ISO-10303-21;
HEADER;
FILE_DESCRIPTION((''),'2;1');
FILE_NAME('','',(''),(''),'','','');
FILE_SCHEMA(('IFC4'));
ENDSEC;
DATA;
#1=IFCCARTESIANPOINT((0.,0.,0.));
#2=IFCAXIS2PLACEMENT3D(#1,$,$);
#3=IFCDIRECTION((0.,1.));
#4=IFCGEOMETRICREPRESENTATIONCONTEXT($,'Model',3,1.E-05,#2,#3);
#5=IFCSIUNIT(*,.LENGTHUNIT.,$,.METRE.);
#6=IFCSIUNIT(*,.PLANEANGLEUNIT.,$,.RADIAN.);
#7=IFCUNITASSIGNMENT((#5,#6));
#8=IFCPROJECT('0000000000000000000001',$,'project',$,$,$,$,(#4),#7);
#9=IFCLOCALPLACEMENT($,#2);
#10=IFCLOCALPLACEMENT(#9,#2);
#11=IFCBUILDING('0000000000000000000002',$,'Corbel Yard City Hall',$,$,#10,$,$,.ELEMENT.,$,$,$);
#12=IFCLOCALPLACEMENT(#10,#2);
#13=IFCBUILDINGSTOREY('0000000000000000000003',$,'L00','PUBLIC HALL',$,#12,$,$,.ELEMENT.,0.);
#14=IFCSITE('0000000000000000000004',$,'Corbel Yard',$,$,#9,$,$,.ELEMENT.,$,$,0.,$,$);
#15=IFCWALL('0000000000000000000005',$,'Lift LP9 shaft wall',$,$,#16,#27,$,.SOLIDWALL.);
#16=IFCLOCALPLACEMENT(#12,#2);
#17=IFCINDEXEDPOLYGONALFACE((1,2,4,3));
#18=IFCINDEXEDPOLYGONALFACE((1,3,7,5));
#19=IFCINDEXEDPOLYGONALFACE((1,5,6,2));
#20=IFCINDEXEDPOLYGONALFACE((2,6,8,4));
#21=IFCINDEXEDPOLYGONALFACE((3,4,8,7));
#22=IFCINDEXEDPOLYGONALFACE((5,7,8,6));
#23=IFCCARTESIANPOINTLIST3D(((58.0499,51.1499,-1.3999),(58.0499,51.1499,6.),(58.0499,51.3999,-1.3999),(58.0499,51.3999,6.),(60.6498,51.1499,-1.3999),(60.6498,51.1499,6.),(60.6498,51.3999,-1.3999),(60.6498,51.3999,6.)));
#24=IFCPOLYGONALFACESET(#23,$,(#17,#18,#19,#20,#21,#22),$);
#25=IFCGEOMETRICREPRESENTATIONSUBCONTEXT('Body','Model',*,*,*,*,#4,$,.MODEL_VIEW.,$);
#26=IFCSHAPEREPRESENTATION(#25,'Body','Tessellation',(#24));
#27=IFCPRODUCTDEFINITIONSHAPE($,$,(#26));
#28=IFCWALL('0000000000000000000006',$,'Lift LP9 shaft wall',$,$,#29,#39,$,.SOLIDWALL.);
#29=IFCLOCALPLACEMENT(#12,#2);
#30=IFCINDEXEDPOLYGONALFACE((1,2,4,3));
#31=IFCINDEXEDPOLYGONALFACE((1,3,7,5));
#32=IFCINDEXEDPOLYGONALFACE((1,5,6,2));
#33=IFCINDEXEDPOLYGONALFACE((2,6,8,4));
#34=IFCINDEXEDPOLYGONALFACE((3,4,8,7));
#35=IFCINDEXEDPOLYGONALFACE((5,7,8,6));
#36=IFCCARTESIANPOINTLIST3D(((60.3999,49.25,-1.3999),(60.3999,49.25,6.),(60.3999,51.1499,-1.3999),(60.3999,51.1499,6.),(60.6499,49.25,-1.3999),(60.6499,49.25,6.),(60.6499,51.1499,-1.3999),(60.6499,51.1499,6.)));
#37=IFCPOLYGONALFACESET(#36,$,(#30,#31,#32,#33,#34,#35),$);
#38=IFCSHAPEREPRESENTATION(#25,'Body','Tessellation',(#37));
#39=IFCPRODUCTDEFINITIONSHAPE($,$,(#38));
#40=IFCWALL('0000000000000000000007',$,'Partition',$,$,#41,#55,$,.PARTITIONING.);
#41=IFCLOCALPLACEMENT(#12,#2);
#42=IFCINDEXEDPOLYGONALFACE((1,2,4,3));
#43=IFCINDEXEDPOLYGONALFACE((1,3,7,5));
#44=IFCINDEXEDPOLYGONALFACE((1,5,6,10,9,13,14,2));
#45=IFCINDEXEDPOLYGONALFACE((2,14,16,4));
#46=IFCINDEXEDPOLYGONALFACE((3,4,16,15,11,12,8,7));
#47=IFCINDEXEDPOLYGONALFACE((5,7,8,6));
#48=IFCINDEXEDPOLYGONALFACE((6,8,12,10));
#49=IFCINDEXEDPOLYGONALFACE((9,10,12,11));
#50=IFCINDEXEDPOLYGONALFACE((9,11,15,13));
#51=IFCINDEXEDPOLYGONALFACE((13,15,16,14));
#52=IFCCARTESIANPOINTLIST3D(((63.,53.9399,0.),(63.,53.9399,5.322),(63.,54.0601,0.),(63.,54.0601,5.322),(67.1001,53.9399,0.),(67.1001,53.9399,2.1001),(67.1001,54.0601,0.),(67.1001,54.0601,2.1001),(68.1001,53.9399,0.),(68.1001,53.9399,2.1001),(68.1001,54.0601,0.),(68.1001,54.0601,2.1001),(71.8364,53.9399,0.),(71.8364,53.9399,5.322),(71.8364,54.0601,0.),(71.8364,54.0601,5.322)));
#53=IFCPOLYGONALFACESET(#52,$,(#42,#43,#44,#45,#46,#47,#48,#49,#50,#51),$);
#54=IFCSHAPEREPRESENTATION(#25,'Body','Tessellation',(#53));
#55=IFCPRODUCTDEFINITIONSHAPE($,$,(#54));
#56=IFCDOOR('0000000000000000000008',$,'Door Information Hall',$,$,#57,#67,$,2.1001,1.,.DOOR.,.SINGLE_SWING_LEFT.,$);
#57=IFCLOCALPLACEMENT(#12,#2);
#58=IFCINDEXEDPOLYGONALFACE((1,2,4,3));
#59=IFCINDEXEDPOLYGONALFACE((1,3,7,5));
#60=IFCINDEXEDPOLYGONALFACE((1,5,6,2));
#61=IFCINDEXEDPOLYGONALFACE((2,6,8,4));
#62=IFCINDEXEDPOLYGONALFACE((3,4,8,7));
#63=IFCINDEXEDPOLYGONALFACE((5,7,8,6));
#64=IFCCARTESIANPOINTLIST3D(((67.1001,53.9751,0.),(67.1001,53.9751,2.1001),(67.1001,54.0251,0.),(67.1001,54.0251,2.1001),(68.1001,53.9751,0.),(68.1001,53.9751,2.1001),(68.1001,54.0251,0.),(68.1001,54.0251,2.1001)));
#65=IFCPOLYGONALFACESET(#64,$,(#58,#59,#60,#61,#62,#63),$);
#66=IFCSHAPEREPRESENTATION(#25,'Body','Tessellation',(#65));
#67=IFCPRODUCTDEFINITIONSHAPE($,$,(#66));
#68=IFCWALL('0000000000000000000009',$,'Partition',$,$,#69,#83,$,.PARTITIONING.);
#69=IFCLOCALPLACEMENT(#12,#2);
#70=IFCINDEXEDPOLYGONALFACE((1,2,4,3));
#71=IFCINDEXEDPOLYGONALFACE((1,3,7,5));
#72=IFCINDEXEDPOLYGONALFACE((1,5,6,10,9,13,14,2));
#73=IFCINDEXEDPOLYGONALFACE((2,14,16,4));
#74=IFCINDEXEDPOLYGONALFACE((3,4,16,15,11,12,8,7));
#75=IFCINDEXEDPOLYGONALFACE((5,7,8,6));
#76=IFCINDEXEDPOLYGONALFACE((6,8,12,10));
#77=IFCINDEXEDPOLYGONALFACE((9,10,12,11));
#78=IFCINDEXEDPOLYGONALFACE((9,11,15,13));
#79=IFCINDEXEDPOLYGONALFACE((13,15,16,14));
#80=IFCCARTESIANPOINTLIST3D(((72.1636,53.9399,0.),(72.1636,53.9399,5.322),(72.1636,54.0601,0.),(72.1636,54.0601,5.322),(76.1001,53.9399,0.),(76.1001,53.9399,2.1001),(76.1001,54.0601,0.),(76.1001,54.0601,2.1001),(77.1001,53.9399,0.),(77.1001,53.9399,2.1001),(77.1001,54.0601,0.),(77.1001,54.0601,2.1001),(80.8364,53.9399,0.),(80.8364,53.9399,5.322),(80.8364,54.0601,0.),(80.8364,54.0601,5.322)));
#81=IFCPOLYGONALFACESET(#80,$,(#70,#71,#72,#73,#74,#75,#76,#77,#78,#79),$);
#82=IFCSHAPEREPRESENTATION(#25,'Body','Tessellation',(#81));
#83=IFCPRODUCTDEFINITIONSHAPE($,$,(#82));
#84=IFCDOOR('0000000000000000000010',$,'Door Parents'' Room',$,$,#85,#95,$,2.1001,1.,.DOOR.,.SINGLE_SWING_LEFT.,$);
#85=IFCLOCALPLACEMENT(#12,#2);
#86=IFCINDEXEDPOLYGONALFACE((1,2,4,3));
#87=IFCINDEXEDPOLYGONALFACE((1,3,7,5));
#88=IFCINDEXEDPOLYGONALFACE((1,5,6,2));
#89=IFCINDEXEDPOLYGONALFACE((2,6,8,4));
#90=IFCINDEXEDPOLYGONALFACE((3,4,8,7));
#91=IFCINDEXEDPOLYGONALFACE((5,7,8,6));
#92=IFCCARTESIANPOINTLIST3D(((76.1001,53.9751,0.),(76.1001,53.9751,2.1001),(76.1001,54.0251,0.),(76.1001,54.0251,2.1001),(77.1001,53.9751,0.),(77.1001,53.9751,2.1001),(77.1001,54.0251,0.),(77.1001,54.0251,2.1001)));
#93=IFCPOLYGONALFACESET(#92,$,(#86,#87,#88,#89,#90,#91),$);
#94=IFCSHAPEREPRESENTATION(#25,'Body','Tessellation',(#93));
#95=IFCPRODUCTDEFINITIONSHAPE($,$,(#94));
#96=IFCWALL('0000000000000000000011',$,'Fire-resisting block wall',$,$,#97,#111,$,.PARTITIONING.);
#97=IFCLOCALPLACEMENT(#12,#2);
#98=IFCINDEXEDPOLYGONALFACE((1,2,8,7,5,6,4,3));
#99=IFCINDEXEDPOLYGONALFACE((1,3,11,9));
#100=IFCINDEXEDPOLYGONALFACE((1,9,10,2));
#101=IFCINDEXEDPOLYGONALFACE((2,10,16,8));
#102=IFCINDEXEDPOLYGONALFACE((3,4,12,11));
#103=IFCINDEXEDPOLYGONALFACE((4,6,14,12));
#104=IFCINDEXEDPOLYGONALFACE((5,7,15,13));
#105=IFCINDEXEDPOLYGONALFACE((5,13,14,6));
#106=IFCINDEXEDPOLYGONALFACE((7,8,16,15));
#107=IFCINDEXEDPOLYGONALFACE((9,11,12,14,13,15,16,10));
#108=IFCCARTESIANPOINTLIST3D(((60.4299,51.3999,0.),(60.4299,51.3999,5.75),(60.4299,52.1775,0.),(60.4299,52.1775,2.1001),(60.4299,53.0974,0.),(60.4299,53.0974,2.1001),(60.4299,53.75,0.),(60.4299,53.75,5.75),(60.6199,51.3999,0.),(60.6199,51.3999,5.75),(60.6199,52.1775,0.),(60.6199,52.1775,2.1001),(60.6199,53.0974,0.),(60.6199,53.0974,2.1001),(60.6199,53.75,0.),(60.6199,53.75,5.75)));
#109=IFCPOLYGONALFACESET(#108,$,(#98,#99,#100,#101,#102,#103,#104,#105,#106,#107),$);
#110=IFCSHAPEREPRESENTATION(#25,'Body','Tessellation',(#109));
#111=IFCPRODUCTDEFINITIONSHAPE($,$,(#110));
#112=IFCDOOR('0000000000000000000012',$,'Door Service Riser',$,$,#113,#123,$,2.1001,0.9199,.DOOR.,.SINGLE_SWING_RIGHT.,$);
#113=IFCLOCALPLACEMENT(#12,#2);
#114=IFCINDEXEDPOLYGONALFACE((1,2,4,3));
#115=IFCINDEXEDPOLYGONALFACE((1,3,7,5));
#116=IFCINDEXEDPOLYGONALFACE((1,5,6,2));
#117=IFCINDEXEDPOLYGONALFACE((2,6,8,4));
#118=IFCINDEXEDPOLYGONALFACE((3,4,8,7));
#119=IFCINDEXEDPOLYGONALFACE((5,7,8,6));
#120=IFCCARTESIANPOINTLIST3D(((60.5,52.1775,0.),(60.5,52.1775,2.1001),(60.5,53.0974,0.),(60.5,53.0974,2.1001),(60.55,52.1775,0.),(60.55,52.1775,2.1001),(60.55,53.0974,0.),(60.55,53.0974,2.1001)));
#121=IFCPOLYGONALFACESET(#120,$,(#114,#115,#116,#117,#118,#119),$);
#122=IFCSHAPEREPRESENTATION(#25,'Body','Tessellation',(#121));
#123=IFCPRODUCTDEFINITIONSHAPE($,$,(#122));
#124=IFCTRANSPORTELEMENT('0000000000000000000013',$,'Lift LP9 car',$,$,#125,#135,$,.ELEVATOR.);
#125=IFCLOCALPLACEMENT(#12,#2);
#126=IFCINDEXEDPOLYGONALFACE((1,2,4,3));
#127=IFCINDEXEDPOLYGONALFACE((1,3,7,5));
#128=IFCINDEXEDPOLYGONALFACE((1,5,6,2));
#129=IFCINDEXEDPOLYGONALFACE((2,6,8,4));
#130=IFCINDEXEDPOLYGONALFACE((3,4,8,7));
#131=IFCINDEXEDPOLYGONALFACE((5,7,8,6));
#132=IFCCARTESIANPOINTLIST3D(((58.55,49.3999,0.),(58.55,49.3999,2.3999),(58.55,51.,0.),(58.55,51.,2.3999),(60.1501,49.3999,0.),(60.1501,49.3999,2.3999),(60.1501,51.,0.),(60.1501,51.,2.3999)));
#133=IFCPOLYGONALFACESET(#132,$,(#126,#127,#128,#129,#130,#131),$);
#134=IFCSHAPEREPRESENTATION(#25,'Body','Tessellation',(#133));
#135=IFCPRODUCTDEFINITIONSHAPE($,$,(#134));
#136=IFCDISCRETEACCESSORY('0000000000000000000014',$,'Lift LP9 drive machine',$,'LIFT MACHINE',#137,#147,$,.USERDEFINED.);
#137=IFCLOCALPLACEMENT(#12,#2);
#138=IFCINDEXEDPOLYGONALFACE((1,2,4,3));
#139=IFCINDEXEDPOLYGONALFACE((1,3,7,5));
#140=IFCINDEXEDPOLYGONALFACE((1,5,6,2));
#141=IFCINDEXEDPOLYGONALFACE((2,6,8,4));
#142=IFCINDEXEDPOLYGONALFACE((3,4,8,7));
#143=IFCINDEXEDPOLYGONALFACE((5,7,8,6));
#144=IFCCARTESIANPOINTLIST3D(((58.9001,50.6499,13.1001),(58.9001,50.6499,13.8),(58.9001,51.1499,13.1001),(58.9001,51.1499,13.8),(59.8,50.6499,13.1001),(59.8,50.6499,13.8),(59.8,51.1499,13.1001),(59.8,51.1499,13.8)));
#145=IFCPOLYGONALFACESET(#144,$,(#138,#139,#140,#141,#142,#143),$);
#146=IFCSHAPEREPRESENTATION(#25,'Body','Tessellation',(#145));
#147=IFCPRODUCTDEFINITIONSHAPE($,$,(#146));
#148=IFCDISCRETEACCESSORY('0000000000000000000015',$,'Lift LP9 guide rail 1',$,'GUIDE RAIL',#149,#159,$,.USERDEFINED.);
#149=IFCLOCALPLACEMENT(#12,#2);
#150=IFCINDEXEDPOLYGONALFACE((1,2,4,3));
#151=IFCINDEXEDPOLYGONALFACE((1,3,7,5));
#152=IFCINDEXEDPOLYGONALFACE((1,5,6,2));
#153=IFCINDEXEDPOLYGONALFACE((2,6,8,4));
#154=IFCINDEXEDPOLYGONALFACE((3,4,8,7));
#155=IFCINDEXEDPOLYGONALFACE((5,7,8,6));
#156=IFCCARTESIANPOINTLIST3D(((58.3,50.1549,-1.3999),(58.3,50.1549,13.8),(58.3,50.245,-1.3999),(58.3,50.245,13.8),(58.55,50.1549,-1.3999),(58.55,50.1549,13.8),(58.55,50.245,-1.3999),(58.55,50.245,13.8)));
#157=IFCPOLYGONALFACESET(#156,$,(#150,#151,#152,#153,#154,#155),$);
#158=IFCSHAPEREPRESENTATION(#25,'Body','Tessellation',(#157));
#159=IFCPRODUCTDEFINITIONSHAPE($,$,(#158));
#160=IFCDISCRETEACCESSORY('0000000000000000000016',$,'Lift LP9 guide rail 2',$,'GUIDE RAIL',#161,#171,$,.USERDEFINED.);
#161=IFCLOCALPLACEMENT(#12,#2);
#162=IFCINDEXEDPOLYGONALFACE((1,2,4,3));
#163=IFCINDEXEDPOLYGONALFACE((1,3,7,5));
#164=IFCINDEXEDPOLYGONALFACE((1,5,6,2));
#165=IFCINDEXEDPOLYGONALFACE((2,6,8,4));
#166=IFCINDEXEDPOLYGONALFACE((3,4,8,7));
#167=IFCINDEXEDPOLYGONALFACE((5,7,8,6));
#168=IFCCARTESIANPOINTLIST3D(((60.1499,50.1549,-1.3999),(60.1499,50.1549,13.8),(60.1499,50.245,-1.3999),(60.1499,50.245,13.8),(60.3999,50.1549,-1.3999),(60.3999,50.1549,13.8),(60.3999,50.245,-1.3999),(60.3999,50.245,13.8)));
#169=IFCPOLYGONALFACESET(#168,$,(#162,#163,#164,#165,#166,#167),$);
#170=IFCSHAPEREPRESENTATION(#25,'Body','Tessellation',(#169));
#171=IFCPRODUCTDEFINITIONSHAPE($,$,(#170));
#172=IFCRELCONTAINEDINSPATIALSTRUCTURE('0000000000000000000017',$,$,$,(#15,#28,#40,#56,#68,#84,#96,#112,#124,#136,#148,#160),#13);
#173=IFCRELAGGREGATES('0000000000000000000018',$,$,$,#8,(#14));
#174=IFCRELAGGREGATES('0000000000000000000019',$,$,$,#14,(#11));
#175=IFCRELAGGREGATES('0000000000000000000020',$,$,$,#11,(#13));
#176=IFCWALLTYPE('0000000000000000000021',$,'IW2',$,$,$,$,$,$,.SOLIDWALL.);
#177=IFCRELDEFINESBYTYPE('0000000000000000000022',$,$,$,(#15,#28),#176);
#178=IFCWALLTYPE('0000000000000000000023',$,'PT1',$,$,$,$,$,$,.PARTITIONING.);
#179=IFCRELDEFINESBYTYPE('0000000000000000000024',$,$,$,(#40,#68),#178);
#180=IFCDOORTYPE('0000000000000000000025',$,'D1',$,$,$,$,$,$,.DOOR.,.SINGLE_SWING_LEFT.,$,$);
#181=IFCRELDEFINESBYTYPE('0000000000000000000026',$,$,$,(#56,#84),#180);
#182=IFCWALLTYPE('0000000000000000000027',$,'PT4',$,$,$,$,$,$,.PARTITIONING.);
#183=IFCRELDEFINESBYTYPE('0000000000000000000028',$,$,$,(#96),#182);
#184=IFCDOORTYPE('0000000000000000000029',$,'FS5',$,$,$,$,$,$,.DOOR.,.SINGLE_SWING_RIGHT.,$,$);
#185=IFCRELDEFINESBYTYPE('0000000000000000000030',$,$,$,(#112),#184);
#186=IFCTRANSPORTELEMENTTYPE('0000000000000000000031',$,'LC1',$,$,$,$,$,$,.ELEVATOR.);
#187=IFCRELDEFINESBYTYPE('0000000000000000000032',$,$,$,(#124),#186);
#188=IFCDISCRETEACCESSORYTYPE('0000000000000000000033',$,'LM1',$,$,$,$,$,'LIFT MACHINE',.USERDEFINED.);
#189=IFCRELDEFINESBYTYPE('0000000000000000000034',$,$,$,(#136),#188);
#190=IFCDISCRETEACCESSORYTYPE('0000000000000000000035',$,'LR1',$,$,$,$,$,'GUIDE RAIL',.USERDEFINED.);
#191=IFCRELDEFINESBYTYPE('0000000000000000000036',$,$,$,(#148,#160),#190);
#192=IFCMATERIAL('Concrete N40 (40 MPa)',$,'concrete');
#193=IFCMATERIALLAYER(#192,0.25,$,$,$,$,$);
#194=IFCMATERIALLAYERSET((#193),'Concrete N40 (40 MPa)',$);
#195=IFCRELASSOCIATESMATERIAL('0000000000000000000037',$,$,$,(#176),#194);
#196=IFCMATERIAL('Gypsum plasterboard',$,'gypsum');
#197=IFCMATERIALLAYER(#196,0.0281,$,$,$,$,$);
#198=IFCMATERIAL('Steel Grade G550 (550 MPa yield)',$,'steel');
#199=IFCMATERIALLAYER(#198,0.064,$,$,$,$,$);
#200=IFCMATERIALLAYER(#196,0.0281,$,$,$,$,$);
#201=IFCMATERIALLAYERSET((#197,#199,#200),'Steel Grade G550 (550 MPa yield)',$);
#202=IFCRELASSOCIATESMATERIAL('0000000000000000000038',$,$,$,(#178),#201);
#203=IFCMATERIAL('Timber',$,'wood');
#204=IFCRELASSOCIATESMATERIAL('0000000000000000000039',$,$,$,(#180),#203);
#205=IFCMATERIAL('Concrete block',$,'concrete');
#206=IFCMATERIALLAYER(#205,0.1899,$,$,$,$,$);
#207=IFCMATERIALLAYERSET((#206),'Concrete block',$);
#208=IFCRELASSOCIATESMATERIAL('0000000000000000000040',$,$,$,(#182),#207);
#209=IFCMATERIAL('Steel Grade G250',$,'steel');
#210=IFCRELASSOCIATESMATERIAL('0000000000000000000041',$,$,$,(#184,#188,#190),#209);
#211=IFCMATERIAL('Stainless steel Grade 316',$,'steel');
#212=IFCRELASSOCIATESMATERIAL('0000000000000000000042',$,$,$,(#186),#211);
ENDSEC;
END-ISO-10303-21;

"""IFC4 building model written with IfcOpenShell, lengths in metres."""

from ifc_helpers import new_model, si_unit, direction, frame, frame_2d, origin, origin_2d, place, context, subcontext, project, spatial, rectangle, extrude, material, layer, layer_set, type_object, element, fill, save


model = new_model("IFC4")

# Units and contexts
model_context = context("Model", 3, precision=1e-05, world=origin(), true_north=direction((0.0, 1.0)))
body_context = subcontext(model_context, "Body", "Model", "MODEL_VIEW")
ifc_project = project(units=[si_unit("LENGTHUNIT", "METRE"), si_unit("PLANEANGLEUNIT", "RADIAN")], contexts=[model_context])

# Site, building, storey
site_placement = place(None, origin())
site = spatial("IfcSite", under=ifc_project, at=site_placement, Name="Corbel Yard", CompositionType="ELEMENT", RefElevation=0.0)
building_placement = place(site_placement, origin())
building = spatial("IfcBuilding", under=site, at=building_placement, Name="Corbel Yard City Hall", CompositionType="ELEMENT")
storey_placement = place(building_placement, origin())
storey = spatial("IfcBuildingStorey", under=building, at=storey_placement, Name="L00", Description="PUBLIC HALL", CompositionType="ELEMENT", Elevation=0.0)

# Shared definitions
ifc_material_1 = material(Name="Concrete N40 (40 MPa)", Category="concrete")

# Shared definitions
ifc_layer_1 = layer(ifc_material_1, 0.25)
ifc_layer_set_1 = layer_set([ifc_layer_1], Name="Concrete N40 (40 MPa)")
wall_type_1 = type_object("IfcWallType", Name="IW2", PredefinedType="SOLIDWALL", material=ifc_layer_set_1)
ifc_material_2 = material(Name="Stainless steel Grade 316", Category="steel")

# Walls
wall_1_placement = place(storey_placement, frame((58.05, 51.2749, -1.3999), z_axis=(0.0, 0.0, 1.0), x_axis=(1.0, 0.0, 0.0)))
element("IfcWall", 1, at=wall_1_placement, inside=storey, type_object=wall_type_1, Name="Lift LP9 shaft wall", PredefinedType="SOLIDWALL", context=body_context, shape_type="SweptSolid", body=[
    extrude(rectangle(XDim=2.5999, YDim=0.25, at=frame_2d((1.2998, 0.0))), origin(), (0.0, 0.0, 1.0), 7.3999),
])
wall_2_placement = place(storey_placement, frame((60.5249, 49.25, -1.3999), z_axis=(0.0, 0.0, 1.0), x_axis=(0.0, 1.0, 0.0)))
element("IfcWall", 2, at=wall_2_placement, inside=storey, type_object=wall_type_1, Name="Lift LP9 shaft wall", PredefinedType="SOLIDWALL", context=body_context, shape_type="SweptSolid", body=[
    extrude(rectangle(XDim=1.8999, YDim=0.25, at=frame_2d((0.95, 0.0))), origin(), (0.0, 0.0, 1.0), 7.3999),
])

# Walls, openings, doors
ifc_material_3 = material(Name="Gypsum plasterboard", Category="gypsum")
ifc_layer_2 = layer(ifc_material_3, 0.0281)
ifc_material_4 = material(Name="Steel Grade G550 (550 MPa yield)", Category="steel")
ifc_layer_3 = layer(ifc_material_4, 0.064)
ifc_layer_4 = layer(ifc_material_3, 0.0281)
ifc_layer_set_2 = layer_set([ifc_layer_2, ifc_layer_3, ifc_layer_4], Name="Steel Grade G550 (550 MPa yield)")
wall_type_2 = type_object("IfcWallType", Name="PT1", PredefinedType="PARTITIONING", material=ifc_layer_set_2)
wall_3_placement = place(storey_placement, frame((63.0, 54.0, 0.0), z_axis=(0.0, 0.0, 1.0), x_axis=(1.0, 0.0, 0.0)))
wall_3 = element("IfcWall", 3, at=wall_3_placement, inside=storey, type_object=wall_type_2, Name="Partition", PredefinedType="PARTITIONING", context=body_context, shape_type="SweptSolid", body=[
    extrude(rectangle(XDim=8.8364, YDim=0.1201, at=frame_2d((4.4182, 0.0))), origin(), (0.0, 0.0, 1.0), 5.322),
])
opening_1_placement = place(wall_3_placement, frame((4.1001, 0.0, 0.0)))
opening_1 = element("IfcOpeningElement", 4, at=opening_1_placement, cuts=wall_3, PredefinedType="OPENING", context=body_context, shape_type="SweptSolid", body=[
    extrude(rectangle(XDim=1.0, YDim=2.1001, at=frame_2d((0.5, 1.05))), frame((0.0, 0.0701, 0.0), z_axis=(0.0, -1.0, 0.0), x_axis=(1.0, 0.0, 0.0)), (0.0, 0.0, 1.0), 0.1401),
])
ifc_material_5 = material(Name="Timber", Category="wood")
door_type_1 = type_object("IfcDoorType", Name="D1", OperationType="SINGLE_SWING_LEFT", PredefinedType="DOOR", material=ifc_material_5)
door_1_placement = place(opening_1_placement, frame((1.0, 0.0, 0.0), z_axis=(0.0, 0.0, 1.0), x_axis=(-1.0, 0.0, 0.0)))
door_1 = element("IfcDoor", 5, at=door_1_placement, inside=storey, type_object=door_type_1, Name="Door Information Hall", OperationType="SINGLE_SWING_LEFT", OverallHeight=2.1001, OverallWidth=1.0, PredefinedType="DOOR", context=body_context, shape_type="SweptSolid", body=[
    extrude(rectangle(XDim=1.0, YDim=2.1001, at=frame_2d((0.5, 1.05))), frame((0.0, 0.0249, 0.0), z_axis=(0.0, -1.0, 0.0), x_axis=(1.0, 0.0, 0.0)), (0.0, 0.0, 1.0), 0.05),
])
fill(opening_1, door_1)
wall_4_placement = place(storey_placement, frame((72.1636, 54.0, 0.0), z_axis=(0.0, 0.0, 1.0), x_axis=(1.0, 0.0, 0.0)))
wall_4 = element("IfcWall", 6, at=wall_4_placement, inside=storey, type_object=wall_type_2, Name="Partition", PredefinedType="PARTITIONING", context=body_context, shape_type="SweptSolid", body=[
    extrude(rectangle(XDim=8.6729, YDim=0.1201, at=frame_2d((4.3364, 0.0))), origin(), (0.0, 0.0, 1.0), 5.322),
])
opening_2_placement = place(wall_4_placement, frame((3.9365, 0.0, 0.0)))
opening_2 = element("IfcOpeningElement", 7, at=opening_2_placement, cuts=wall_4, PredefinedType="OPENING", context=body_context, shape_type="SweptSolid", body=[
    extrude(rectangle(XDim=1.0, YDim=2.1001, at=frame_2d((0.5, 1.05))), frame((0.0, 0.0701, 0.0), z_axis=(0.0, -1.0, 0.0), x_axis=(1.0, 0.0, 0.0)), (0.0, 0.0, 1.0), 0.1401),
])
door_2_placement = place(opening_2_placement, frame((1.0, 0.0, 0.0), z_axis=(0.0, 0.0, 1.0), x_axis=(-1.0, 0.0, 0.0)))
door_2 = element("IfcDoor", 8, at=door_2_placement, inside=storey, type_object=door_type_1, Name="Door Parents' Room", OperationType="SINGLE_SWING_LEFT", OverallHeight=2.1001, OverallWidth=1.0, PredefinedType="DOOR", context=body_context, shape_type="SweptSolid", body=[
    extrude(rectangle(XDim=1.0, YDim=2.1001, at=frame_2d((0.5, 1.05))), frame((0.0, 0.0249, 0.0), z_axis=(0.0, -1.0, 0.0), x_axis=(1.0, 0.0, 0.0)), (0.0, 0.0, 1.0), 0.05),
])
fill(opening_2, door_2)
ifc_material_6 = material(Name="Concrete block", Category="concrete")
ifc_layer_5 = layer(ifc_material_6, 0.1899)
ifc_layer_set_3 = layer_set([ifc_layer_5], Name="Concrete block")
wall_type_3 = type_object("IfcWallType", Name="PT4", PredefinedType="PARTITIONING", material=ifc_layer_set_3)
wall_5_placement = place(storey_placement, frame((60.5249, 51.3999, 0.0), z_axis=(0.0, 0.0, 1.0), x_axis=(0.0, 1.0, 0.0)))
wall_5 = element("IfcWall", 9, at=wall_5_placement, inside=storey, type_object=wall_type_3, Name="Fire-resisting block wall", PredefinedType="PARTITIONING", context=body_context, shape_type="SweptSolid", body=[
    extrude(rectangle(XDim=2.3501, YDim=0.1899, at=frame_2d((1.175, 0.0))), origin(), (0.0, 0.0, 1.0), 5.75),
])
opening_3_placement = place(wall_5_placement, frame((0.7776, 0.0, 0.0)))
opening_3 = element("IfcOpeningElement", 10, at=opening_3_placement, cuts=wall_5, PredefinedType="OPENING", context=body_context, shape_type="SweptSolid", body=[
    extrude(rectangle(XDim=0.9199, YDim=2.1001, at=frame_2d((0.46, 1.05))), frame((0.0, 0.105, 0.0), z_axis=(0.0, -1.0, 0.0), x_axis=(1.0, 0.0, 0.0)), (0.0, 0.0, 1.0), 0.21),
])
ifc_material_7 = material(Name="Steel Grade G250", Category="steel")
door_type_2 = type_object("IfcDoorType", Name="FS5", OperationType="SINGLE_SWING_RIGHT", PredefinedType="DOOR", material=ifc_material_7)
door_3_placement = place(opening_3_placement, origin())
door_3 = element("IfcDoor", 11, at=door_3_placement, inside=storey, type_object=door_type_2, Name="Door Service Riser", OperationType="SINGLE_SWING_RIGHT", OverallHeight=2.1001, OverallWidth=0.9199, PredefinedType="DOOR", context=body_context, shape_type="SweptSolid", body=[
    extrude(rectangle(XDim=0.9199, YDim=2.1001, at=frame_2d((0.46, 1.05))), frame((0.0, 0.0249, 0.0), z_axis=(0.0, -1.0, 0.0), x_axis=(1.0, 0.0, 0.0)), (0.0, 0.0, 1.0), 0.05),
])
fill(opening_3, door_3)

# Transport element
transport_element_type = type_object("IfcTransportElementType", Name="LC1", PredefinedType="ELEVATOR", material=ifc_material_2)
transport_element_placement = place(storey_placement, frame((59.3501, 50.2, 0.0), z_axis=(0.0, 0.0, 1.0), x_axis=(1.0, 0.0, 0.0)))
element("IfcTransportElement", 12, at=transport_element_placement, inside=storey, type_object=transport_element_type, Name="Lift LP9 car", PredefinedType="ELEVATOR", context=body_context, shape_type="SweptSolid", body=[
    extrude(rectangle(XDim=1.6001, YDim=1.6001, at=origin_2d()), origin(), (0.0, 0.0, 1.0), 2.3999),
])

# Discrete accessories
discrete_accessory_type_1 = type_object("IfcDiscreteAccessoryType", Name="LM1", ElementType="LIFT MACHINE", PredefinedType="USERDEFINED", material=ifc_material_7)
discrete_accessory_placement = place(storey_placement, frame((59.3501, 50.8999, 13.1001), z_axis=(0.0, 0.0, 1.0), x_axis=(1.0, 0.0, 0.0)))
element("IfcDiscreteAccessory", 13, at=discrete_accessory_placement, inside=storey, type_object=discrete_accessory_type_1, Name="Lift LP9 drive machine", ObjectType="LIFT MACHINE", PredefinedType="USERDEFINED", context=body_context, shape_type="SweptSolid", body=[
    extrude(rectangle(XDim=0.8999, YDim=0.5, at=origin_2d()), origin(), (0.0, 0.0, 1.0), 0.7),
])
discrete_accessory_type_2 = type_object("IfcDiscreteAccessoryType", Name="LR1", ElementType="GUIDE RAIL", PredefinedType="USERDEFINED", material=ifc_material_7)
for number, where, z_axis, x_axis, name in (
    (14, (58.425, 50.2, -1.3999), (0.0, 0.0, 1.0), (1.0, 0.0, 0.0), "Lift LP9 guide rail 1"),
    (15, (60.2749, 50.2, -1.3999), (0.0, 0.0, 1.0), (1.0, 0.0, 0.0), "Lift LP9 guide rail 2"),
):
    element("IfcDiscreteAccessory", number, at=place(storey_placement, frame(where, z_axis=z_axis, x_axis=x_axis)), inside=storey, type_object=discrete_accessory_type_2, Name=name, ObjectType="GUIDE RAIL", PredefinedType="USERDEFINED", context=body_context, shape_type="SweptSolid", body=[
        extrude(rectangle(XDim=0.25, YDim=0.0901, at=origin_2d()), origin(), (0.0, 0.0, 1.0), 15.2),
    ])

save(model, "model.ifc")
